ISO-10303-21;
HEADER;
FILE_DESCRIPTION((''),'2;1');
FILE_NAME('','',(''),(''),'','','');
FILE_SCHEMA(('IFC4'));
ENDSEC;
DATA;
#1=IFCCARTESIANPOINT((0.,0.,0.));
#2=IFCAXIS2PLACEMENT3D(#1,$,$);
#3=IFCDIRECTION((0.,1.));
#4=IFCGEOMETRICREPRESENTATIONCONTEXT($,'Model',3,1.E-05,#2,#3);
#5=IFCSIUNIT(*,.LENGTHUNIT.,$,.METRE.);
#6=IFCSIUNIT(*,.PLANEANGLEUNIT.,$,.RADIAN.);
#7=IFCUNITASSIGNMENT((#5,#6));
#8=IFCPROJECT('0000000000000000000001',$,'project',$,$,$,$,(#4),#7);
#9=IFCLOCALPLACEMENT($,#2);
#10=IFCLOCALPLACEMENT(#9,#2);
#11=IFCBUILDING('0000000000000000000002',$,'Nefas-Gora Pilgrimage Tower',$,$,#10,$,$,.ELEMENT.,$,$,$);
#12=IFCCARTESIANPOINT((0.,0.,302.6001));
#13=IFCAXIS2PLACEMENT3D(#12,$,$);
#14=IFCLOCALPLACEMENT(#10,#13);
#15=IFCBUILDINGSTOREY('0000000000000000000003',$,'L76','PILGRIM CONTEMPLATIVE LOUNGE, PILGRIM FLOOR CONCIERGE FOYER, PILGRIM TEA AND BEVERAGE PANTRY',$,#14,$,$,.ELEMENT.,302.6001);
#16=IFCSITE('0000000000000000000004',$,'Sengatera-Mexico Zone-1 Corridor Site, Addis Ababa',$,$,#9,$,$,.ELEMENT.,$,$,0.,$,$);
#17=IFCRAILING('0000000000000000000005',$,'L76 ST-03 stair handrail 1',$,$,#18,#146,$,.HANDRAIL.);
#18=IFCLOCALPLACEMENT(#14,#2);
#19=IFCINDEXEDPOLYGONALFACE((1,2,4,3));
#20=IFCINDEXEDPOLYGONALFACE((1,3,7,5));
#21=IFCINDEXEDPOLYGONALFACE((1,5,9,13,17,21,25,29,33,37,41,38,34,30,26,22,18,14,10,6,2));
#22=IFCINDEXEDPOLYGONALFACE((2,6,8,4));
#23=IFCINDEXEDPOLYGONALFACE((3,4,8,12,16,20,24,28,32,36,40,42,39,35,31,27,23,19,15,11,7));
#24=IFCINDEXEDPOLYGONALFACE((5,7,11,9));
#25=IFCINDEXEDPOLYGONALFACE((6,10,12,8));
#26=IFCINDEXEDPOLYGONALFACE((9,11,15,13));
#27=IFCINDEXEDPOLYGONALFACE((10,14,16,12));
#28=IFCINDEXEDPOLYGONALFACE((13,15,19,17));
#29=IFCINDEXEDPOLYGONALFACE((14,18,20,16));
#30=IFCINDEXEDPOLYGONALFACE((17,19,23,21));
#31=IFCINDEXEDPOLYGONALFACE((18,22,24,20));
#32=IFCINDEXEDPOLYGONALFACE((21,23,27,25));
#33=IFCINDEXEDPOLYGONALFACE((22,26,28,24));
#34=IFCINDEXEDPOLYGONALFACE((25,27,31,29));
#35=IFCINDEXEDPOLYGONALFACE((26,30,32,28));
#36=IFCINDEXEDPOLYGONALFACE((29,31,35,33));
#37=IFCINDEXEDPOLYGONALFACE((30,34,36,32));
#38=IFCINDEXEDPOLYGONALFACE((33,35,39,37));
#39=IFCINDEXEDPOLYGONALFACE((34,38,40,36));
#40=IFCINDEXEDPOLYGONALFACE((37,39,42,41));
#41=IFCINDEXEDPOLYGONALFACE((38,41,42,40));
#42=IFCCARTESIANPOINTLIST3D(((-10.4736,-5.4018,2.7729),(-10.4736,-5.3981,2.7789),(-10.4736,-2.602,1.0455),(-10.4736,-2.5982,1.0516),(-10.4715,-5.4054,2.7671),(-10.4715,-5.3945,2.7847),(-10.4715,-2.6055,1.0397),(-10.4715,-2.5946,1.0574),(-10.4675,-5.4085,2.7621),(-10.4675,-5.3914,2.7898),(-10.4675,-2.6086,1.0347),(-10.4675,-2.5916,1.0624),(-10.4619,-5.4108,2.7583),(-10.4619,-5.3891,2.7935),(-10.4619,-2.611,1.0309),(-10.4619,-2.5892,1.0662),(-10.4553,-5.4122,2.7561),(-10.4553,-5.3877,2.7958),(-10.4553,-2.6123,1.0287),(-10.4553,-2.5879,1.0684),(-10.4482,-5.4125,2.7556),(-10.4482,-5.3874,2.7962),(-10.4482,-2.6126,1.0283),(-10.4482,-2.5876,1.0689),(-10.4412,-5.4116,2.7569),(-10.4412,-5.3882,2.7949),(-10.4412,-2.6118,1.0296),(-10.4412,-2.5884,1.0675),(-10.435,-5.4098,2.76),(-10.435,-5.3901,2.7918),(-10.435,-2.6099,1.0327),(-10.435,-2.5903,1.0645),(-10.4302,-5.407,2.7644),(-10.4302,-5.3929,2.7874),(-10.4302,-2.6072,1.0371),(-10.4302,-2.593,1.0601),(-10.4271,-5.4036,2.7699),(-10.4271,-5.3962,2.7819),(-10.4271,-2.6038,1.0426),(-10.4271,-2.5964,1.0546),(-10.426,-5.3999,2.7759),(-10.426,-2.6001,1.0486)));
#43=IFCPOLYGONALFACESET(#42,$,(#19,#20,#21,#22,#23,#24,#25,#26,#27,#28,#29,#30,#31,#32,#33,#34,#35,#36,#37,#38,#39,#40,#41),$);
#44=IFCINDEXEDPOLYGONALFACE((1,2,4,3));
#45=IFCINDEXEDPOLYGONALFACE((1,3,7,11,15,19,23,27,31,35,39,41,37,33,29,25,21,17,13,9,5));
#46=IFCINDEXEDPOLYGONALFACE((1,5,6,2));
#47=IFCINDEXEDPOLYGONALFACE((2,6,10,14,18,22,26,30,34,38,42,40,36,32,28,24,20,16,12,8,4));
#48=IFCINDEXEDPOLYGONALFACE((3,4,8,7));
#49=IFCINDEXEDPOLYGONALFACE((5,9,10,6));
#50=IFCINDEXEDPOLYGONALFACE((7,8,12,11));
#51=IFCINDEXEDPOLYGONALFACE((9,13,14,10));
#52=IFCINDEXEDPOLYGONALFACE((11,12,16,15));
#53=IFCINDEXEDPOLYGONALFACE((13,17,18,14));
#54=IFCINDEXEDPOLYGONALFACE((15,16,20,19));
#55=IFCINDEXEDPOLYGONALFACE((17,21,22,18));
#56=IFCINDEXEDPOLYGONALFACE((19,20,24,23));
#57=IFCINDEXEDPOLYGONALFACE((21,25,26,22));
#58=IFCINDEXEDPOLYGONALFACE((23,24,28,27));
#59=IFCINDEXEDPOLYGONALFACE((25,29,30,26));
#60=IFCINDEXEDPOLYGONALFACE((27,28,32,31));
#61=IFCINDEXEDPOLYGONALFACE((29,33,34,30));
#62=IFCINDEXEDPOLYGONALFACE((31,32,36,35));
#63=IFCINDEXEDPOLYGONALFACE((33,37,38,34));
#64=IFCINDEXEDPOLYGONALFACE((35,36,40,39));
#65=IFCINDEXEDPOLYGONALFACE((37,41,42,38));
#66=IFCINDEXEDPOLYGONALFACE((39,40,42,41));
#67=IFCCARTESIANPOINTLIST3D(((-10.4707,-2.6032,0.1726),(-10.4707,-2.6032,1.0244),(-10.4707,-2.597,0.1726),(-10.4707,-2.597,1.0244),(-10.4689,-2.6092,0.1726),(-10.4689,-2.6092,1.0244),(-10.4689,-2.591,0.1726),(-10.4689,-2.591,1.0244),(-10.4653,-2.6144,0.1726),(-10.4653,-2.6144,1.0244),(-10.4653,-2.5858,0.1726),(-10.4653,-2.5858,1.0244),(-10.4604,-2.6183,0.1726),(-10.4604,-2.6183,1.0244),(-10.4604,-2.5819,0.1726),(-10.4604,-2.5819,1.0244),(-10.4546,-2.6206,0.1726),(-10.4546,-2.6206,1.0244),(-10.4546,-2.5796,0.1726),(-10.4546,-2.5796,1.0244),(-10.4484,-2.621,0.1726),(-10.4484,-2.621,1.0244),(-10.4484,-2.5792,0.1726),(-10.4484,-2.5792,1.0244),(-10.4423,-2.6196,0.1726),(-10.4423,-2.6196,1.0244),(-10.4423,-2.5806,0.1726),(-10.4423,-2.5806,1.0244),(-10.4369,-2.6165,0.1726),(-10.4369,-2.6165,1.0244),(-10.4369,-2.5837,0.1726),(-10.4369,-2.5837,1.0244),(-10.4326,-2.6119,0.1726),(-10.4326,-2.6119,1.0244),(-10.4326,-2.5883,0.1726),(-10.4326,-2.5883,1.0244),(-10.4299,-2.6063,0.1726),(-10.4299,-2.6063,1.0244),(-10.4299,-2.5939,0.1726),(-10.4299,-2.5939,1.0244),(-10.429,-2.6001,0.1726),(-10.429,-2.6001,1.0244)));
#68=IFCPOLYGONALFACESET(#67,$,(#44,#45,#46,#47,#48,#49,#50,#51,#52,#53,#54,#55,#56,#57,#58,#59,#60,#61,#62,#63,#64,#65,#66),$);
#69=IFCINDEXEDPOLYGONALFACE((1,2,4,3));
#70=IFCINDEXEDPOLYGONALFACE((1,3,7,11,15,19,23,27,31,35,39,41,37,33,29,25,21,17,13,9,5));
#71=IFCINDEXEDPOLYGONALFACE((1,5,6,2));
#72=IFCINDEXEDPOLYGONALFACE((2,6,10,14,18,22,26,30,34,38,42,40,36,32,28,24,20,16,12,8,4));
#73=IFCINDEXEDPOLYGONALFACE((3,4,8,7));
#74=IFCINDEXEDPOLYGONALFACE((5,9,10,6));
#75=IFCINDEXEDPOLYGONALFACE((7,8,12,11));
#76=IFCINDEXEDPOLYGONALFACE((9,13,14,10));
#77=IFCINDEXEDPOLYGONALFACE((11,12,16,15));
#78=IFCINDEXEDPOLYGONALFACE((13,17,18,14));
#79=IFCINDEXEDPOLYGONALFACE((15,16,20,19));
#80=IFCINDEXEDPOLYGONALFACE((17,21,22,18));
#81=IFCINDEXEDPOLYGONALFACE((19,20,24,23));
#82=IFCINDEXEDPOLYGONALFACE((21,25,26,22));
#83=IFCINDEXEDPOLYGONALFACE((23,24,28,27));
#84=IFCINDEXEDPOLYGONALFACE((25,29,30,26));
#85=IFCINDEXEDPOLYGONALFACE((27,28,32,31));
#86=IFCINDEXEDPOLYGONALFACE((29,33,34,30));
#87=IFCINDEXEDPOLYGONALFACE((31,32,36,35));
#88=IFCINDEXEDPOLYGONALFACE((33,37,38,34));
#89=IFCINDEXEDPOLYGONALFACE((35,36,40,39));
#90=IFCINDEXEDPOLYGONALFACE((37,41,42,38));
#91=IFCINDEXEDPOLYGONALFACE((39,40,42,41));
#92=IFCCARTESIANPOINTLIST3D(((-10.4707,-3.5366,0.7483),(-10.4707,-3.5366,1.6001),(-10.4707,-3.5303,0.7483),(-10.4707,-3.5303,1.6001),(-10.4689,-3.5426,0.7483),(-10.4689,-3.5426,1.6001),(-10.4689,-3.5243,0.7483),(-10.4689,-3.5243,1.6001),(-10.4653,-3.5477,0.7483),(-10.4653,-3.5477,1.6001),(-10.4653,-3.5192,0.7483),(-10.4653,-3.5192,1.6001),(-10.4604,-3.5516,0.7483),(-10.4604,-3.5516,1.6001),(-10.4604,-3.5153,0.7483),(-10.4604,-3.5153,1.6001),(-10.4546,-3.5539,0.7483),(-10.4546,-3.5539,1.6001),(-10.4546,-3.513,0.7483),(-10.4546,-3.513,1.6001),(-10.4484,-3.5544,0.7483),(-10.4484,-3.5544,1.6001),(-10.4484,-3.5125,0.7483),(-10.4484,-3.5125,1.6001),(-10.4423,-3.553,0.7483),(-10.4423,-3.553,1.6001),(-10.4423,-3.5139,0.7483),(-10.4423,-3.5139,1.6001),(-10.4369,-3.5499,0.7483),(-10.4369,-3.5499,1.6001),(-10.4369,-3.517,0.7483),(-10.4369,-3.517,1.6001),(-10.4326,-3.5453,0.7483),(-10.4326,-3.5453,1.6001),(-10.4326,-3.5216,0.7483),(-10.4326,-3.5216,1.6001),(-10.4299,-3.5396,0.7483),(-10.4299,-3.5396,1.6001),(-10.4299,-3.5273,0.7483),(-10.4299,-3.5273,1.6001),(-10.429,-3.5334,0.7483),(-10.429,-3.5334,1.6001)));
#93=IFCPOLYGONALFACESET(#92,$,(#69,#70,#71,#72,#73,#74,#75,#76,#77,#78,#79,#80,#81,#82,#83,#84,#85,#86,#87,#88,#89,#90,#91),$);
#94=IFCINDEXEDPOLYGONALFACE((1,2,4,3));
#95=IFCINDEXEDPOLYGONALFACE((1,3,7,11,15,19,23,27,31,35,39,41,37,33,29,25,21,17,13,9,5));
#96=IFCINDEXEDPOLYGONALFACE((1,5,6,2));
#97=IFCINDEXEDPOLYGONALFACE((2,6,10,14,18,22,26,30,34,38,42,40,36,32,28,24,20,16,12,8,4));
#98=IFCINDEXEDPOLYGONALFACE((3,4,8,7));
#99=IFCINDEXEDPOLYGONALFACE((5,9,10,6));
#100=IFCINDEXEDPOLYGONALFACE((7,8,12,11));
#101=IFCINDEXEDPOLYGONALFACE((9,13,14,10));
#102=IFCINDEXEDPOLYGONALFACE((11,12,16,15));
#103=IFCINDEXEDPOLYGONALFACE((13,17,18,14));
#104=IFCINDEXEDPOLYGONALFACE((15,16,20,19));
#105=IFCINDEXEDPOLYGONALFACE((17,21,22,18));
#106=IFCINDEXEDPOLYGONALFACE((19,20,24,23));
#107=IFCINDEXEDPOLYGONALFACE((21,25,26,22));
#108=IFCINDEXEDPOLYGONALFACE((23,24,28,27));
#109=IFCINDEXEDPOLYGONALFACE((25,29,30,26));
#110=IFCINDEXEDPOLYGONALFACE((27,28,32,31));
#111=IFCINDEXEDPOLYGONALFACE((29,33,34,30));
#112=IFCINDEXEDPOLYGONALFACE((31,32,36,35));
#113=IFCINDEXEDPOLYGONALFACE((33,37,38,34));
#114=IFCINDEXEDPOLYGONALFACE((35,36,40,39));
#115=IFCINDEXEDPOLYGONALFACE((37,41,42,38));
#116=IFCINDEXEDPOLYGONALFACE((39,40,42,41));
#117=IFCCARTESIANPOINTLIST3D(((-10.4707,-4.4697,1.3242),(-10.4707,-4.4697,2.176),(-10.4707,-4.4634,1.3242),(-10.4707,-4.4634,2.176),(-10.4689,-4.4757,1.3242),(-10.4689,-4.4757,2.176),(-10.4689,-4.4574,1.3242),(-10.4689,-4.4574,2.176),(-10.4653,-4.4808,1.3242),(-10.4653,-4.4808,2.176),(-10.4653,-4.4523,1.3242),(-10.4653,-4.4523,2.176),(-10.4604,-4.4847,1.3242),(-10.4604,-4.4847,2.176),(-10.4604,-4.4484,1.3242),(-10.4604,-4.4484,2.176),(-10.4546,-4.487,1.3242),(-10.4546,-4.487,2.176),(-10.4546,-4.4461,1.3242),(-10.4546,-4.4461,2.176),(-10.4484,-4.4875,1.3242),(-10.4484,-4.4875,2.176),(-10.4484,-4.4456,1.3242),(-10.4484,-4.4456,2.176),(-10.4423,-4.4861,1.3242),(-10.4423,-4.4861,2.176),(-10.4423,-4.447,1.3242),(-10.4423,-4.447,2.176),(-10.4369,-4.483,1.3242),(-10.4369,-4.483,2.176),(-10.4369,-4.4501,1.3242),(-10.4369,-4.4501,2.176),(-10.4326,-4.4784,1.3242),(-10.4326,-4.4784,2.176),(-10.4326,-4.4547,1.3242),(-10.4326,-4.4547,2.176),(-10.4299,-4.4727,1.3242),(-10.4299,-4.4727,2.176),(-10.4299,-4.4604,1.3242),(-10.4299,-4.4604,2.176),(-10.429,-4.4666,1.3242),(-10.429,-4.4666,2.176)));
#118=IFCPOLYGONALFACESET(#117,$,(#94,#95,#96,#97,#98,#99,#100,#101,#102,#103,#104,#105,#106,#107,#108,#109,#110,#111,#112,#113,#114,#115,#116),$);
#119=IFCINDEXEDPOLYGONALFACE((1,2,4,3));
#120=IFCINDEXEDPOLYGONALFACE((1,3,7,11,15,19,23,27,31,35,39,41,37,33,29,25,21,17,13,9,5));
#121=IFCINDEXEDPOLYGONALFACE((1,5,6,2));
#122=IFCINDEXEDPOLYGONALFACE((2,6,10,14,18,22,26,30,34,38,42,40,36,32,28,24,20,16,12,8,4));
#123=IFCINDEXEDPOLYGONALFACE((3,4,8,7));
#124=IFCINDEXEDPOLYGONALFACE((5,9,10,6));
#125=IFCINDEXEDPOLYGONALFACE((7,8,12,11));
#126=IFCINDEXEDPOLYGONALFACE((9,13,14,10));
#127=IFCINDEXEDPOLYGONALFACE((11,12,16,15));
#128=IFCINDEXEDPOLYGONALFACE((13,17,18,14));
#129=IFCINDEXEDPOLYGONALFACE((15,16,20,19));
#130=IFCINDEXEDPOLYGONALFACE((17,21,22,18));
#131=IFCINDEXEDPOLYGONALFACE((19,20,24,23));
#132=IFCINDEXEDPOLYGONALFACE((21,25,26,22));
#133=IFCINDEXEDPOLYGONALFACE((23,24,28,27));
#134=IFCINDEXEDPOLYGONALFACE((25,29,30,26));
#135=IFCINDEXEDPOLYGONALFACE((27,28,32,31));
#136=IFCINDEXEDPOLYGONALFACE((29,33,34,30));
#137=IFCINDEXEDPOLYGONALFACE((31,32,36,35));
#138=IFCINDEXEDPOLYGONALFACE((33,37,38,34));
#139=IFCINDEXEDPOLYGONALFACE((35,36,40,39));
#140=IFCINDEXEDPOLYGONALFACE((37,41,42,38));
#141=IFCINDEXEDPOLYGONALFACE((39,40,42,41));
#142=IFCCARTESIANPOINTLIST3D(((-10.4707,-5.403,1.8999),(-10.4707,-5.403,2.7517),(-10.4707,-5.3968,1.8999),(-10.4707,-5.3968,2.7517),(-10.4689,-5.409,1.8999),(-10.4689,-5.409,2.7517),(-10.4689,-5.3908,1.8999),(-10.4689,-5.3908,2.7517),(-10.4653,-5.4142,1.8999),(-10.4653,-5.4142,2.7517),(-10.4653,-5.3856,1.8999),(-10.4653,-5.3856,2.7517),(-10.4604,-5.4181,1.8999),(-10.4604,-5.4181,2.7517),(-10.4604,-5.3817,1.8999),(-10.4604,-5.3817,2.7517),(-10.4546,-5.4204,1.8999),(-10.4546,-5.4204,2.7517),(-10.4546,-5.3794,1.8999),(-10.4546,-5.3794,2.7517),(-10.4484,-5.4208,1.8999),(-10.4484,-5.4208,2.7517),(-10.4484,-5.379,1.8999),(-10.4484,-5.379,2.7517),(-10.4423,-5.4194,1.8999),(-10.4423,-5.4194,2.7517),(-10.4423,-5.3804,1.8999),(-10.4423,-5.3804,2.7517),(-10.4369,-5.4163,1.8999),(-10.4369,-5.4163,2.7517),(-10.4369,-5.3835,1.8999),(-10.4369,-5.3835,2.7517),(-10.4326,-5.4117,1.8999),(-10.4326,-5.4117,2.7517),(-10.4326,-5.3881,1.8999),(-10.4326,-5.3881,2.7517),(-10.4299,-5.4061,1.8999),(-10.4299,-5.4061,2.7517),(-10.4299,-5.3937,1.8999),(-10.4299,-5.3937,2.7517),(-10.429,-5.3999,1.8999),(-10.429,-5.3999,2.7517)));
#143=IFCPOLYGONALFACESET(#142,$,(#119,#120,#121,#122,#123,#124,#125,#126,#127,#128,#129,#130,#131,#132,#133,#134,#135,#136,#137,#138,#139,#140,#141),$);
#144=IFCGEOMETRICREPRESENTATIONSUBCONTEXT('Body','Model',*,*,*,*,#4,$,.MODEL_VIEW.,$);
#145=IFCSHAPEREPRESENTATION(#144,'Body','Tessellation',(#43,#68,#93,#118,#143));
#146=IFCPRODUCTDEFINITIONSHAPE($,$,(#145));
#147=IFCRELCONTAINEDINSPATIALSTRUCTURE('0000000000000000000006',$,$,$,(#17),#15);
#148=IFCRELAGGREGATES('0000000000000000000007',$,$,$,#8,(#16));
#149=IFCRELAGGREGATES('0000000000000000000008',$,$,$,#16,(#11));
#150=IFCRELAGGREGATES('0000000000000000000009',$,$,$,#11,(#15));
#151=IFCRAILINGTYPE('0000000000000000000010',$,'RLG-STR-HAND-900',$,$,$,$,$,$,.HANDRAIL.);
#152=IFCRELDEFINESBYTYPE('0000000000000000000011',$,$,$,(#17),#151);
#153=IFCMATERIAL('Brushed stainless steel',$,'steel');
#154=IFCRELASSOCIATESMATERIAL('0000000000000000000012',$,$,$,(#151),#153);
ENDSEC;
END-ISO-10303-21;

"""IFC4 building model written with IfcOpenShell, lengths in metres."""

from ifc_helpers import new_model, si_unit, direction, frame, origin, origin_2d, place, context, subcontext, project, spatial, circle, extrude, material, type_object, element, save


model = new_model("IFC4")

# Units and contexts
model_context = context("Model", 3, precision=1e-05, world=origin(), true_north=direction((0.0, 1.0)))
body_context = subcontext(model_context, "Body", "Model", "MODEL_VIEW")
ifc_project = project(units=[si_unit("LENGTHUNIT", "METRE"), si_unit("PLANEANGLEUNIT", "RADIAN")], contexts=[model_context])

# Site, building, storey
site_placement = place(None, origin())
site = spatial("IfcSite", under=ifc_project, at=site_placement, Name="Sengatera-Mexico Zone-1 Corridor Site, Addis Ababa", CompositionType="ELEMENT", RefElevation=0.0)
building_placement = place(site_placement, origin())
building = spatial("IfcBuilding", under=site, at=building_placement, Name="Nefas-Gora Pilgrimage Tower", CompositionType="ELEMENT")
storey_placement = place(building_placement, frame((0.0, 0.0, 302.6001)))
storey = spatial("IfcBuildingStorey", under=building, at=storey_placement, Name="L76", Description="PILGRIM CONTEMPLATIVE LOUNGE, PILGRIM FLOOR CONCIERGE FOYER, PILGRIM TEA AND BEVERAGE PANTRY", CompositionType="ELEMENT", Elevation=302.6001)

# Railing
ifc_material_1 = material(Name="Brushed stainless steel", Category="steel")
railing_type_1 = type_object("IfcRailingType", Name="RLG-STR-HAND-900", PredefinedType="HANDRAIL", material=ifc_material_1)
railing_1_placement = place(storey_placement, frame((-10.45, -2.6001, 0.1726)))
element("IfcRailing", 1, at=railing_1_placement, inside=storey, type_object=railing_type_1, Name="L76 ST-03 stair handrail 1", PredefinedType="HANDRAIL", context=body_context, shape_type="SweptSolid", body=[
    extrude(circle(Radius=0.0239, at=origin_2d()), frame((0.0, 0.0, 0.876), z_axis=(0.0, -0.851069, 0.525054), x_axis=(1.0, 0.0, 0.0)), (0.0, 0.0, 1.0), 3.2898),
    extrude(circle(Radius=0.021, at=origin_2d()), origin(), (0.0, 0.0, 1.0), 0.8518),
    extrude(circle(Radius=0.021, at=origin_2d()), frame((0.0, -0.9333, 0.5757)), (0.0, 0.0, 1.0), 0.8518),
    extrude(circle(Radius=0.021, at=origin_2d()), frame((0.0, -1.8665, 1.1516)), (0.0, 0.0, 1.0), 0.8518),
    extrude(circle(Radius=0.021, at=origin_2d()), frame((0.0, -2.7998, 1.7273)), (0.0, 0.0, 1.0), 0.8518),
])

save(model, "model.ifc")
